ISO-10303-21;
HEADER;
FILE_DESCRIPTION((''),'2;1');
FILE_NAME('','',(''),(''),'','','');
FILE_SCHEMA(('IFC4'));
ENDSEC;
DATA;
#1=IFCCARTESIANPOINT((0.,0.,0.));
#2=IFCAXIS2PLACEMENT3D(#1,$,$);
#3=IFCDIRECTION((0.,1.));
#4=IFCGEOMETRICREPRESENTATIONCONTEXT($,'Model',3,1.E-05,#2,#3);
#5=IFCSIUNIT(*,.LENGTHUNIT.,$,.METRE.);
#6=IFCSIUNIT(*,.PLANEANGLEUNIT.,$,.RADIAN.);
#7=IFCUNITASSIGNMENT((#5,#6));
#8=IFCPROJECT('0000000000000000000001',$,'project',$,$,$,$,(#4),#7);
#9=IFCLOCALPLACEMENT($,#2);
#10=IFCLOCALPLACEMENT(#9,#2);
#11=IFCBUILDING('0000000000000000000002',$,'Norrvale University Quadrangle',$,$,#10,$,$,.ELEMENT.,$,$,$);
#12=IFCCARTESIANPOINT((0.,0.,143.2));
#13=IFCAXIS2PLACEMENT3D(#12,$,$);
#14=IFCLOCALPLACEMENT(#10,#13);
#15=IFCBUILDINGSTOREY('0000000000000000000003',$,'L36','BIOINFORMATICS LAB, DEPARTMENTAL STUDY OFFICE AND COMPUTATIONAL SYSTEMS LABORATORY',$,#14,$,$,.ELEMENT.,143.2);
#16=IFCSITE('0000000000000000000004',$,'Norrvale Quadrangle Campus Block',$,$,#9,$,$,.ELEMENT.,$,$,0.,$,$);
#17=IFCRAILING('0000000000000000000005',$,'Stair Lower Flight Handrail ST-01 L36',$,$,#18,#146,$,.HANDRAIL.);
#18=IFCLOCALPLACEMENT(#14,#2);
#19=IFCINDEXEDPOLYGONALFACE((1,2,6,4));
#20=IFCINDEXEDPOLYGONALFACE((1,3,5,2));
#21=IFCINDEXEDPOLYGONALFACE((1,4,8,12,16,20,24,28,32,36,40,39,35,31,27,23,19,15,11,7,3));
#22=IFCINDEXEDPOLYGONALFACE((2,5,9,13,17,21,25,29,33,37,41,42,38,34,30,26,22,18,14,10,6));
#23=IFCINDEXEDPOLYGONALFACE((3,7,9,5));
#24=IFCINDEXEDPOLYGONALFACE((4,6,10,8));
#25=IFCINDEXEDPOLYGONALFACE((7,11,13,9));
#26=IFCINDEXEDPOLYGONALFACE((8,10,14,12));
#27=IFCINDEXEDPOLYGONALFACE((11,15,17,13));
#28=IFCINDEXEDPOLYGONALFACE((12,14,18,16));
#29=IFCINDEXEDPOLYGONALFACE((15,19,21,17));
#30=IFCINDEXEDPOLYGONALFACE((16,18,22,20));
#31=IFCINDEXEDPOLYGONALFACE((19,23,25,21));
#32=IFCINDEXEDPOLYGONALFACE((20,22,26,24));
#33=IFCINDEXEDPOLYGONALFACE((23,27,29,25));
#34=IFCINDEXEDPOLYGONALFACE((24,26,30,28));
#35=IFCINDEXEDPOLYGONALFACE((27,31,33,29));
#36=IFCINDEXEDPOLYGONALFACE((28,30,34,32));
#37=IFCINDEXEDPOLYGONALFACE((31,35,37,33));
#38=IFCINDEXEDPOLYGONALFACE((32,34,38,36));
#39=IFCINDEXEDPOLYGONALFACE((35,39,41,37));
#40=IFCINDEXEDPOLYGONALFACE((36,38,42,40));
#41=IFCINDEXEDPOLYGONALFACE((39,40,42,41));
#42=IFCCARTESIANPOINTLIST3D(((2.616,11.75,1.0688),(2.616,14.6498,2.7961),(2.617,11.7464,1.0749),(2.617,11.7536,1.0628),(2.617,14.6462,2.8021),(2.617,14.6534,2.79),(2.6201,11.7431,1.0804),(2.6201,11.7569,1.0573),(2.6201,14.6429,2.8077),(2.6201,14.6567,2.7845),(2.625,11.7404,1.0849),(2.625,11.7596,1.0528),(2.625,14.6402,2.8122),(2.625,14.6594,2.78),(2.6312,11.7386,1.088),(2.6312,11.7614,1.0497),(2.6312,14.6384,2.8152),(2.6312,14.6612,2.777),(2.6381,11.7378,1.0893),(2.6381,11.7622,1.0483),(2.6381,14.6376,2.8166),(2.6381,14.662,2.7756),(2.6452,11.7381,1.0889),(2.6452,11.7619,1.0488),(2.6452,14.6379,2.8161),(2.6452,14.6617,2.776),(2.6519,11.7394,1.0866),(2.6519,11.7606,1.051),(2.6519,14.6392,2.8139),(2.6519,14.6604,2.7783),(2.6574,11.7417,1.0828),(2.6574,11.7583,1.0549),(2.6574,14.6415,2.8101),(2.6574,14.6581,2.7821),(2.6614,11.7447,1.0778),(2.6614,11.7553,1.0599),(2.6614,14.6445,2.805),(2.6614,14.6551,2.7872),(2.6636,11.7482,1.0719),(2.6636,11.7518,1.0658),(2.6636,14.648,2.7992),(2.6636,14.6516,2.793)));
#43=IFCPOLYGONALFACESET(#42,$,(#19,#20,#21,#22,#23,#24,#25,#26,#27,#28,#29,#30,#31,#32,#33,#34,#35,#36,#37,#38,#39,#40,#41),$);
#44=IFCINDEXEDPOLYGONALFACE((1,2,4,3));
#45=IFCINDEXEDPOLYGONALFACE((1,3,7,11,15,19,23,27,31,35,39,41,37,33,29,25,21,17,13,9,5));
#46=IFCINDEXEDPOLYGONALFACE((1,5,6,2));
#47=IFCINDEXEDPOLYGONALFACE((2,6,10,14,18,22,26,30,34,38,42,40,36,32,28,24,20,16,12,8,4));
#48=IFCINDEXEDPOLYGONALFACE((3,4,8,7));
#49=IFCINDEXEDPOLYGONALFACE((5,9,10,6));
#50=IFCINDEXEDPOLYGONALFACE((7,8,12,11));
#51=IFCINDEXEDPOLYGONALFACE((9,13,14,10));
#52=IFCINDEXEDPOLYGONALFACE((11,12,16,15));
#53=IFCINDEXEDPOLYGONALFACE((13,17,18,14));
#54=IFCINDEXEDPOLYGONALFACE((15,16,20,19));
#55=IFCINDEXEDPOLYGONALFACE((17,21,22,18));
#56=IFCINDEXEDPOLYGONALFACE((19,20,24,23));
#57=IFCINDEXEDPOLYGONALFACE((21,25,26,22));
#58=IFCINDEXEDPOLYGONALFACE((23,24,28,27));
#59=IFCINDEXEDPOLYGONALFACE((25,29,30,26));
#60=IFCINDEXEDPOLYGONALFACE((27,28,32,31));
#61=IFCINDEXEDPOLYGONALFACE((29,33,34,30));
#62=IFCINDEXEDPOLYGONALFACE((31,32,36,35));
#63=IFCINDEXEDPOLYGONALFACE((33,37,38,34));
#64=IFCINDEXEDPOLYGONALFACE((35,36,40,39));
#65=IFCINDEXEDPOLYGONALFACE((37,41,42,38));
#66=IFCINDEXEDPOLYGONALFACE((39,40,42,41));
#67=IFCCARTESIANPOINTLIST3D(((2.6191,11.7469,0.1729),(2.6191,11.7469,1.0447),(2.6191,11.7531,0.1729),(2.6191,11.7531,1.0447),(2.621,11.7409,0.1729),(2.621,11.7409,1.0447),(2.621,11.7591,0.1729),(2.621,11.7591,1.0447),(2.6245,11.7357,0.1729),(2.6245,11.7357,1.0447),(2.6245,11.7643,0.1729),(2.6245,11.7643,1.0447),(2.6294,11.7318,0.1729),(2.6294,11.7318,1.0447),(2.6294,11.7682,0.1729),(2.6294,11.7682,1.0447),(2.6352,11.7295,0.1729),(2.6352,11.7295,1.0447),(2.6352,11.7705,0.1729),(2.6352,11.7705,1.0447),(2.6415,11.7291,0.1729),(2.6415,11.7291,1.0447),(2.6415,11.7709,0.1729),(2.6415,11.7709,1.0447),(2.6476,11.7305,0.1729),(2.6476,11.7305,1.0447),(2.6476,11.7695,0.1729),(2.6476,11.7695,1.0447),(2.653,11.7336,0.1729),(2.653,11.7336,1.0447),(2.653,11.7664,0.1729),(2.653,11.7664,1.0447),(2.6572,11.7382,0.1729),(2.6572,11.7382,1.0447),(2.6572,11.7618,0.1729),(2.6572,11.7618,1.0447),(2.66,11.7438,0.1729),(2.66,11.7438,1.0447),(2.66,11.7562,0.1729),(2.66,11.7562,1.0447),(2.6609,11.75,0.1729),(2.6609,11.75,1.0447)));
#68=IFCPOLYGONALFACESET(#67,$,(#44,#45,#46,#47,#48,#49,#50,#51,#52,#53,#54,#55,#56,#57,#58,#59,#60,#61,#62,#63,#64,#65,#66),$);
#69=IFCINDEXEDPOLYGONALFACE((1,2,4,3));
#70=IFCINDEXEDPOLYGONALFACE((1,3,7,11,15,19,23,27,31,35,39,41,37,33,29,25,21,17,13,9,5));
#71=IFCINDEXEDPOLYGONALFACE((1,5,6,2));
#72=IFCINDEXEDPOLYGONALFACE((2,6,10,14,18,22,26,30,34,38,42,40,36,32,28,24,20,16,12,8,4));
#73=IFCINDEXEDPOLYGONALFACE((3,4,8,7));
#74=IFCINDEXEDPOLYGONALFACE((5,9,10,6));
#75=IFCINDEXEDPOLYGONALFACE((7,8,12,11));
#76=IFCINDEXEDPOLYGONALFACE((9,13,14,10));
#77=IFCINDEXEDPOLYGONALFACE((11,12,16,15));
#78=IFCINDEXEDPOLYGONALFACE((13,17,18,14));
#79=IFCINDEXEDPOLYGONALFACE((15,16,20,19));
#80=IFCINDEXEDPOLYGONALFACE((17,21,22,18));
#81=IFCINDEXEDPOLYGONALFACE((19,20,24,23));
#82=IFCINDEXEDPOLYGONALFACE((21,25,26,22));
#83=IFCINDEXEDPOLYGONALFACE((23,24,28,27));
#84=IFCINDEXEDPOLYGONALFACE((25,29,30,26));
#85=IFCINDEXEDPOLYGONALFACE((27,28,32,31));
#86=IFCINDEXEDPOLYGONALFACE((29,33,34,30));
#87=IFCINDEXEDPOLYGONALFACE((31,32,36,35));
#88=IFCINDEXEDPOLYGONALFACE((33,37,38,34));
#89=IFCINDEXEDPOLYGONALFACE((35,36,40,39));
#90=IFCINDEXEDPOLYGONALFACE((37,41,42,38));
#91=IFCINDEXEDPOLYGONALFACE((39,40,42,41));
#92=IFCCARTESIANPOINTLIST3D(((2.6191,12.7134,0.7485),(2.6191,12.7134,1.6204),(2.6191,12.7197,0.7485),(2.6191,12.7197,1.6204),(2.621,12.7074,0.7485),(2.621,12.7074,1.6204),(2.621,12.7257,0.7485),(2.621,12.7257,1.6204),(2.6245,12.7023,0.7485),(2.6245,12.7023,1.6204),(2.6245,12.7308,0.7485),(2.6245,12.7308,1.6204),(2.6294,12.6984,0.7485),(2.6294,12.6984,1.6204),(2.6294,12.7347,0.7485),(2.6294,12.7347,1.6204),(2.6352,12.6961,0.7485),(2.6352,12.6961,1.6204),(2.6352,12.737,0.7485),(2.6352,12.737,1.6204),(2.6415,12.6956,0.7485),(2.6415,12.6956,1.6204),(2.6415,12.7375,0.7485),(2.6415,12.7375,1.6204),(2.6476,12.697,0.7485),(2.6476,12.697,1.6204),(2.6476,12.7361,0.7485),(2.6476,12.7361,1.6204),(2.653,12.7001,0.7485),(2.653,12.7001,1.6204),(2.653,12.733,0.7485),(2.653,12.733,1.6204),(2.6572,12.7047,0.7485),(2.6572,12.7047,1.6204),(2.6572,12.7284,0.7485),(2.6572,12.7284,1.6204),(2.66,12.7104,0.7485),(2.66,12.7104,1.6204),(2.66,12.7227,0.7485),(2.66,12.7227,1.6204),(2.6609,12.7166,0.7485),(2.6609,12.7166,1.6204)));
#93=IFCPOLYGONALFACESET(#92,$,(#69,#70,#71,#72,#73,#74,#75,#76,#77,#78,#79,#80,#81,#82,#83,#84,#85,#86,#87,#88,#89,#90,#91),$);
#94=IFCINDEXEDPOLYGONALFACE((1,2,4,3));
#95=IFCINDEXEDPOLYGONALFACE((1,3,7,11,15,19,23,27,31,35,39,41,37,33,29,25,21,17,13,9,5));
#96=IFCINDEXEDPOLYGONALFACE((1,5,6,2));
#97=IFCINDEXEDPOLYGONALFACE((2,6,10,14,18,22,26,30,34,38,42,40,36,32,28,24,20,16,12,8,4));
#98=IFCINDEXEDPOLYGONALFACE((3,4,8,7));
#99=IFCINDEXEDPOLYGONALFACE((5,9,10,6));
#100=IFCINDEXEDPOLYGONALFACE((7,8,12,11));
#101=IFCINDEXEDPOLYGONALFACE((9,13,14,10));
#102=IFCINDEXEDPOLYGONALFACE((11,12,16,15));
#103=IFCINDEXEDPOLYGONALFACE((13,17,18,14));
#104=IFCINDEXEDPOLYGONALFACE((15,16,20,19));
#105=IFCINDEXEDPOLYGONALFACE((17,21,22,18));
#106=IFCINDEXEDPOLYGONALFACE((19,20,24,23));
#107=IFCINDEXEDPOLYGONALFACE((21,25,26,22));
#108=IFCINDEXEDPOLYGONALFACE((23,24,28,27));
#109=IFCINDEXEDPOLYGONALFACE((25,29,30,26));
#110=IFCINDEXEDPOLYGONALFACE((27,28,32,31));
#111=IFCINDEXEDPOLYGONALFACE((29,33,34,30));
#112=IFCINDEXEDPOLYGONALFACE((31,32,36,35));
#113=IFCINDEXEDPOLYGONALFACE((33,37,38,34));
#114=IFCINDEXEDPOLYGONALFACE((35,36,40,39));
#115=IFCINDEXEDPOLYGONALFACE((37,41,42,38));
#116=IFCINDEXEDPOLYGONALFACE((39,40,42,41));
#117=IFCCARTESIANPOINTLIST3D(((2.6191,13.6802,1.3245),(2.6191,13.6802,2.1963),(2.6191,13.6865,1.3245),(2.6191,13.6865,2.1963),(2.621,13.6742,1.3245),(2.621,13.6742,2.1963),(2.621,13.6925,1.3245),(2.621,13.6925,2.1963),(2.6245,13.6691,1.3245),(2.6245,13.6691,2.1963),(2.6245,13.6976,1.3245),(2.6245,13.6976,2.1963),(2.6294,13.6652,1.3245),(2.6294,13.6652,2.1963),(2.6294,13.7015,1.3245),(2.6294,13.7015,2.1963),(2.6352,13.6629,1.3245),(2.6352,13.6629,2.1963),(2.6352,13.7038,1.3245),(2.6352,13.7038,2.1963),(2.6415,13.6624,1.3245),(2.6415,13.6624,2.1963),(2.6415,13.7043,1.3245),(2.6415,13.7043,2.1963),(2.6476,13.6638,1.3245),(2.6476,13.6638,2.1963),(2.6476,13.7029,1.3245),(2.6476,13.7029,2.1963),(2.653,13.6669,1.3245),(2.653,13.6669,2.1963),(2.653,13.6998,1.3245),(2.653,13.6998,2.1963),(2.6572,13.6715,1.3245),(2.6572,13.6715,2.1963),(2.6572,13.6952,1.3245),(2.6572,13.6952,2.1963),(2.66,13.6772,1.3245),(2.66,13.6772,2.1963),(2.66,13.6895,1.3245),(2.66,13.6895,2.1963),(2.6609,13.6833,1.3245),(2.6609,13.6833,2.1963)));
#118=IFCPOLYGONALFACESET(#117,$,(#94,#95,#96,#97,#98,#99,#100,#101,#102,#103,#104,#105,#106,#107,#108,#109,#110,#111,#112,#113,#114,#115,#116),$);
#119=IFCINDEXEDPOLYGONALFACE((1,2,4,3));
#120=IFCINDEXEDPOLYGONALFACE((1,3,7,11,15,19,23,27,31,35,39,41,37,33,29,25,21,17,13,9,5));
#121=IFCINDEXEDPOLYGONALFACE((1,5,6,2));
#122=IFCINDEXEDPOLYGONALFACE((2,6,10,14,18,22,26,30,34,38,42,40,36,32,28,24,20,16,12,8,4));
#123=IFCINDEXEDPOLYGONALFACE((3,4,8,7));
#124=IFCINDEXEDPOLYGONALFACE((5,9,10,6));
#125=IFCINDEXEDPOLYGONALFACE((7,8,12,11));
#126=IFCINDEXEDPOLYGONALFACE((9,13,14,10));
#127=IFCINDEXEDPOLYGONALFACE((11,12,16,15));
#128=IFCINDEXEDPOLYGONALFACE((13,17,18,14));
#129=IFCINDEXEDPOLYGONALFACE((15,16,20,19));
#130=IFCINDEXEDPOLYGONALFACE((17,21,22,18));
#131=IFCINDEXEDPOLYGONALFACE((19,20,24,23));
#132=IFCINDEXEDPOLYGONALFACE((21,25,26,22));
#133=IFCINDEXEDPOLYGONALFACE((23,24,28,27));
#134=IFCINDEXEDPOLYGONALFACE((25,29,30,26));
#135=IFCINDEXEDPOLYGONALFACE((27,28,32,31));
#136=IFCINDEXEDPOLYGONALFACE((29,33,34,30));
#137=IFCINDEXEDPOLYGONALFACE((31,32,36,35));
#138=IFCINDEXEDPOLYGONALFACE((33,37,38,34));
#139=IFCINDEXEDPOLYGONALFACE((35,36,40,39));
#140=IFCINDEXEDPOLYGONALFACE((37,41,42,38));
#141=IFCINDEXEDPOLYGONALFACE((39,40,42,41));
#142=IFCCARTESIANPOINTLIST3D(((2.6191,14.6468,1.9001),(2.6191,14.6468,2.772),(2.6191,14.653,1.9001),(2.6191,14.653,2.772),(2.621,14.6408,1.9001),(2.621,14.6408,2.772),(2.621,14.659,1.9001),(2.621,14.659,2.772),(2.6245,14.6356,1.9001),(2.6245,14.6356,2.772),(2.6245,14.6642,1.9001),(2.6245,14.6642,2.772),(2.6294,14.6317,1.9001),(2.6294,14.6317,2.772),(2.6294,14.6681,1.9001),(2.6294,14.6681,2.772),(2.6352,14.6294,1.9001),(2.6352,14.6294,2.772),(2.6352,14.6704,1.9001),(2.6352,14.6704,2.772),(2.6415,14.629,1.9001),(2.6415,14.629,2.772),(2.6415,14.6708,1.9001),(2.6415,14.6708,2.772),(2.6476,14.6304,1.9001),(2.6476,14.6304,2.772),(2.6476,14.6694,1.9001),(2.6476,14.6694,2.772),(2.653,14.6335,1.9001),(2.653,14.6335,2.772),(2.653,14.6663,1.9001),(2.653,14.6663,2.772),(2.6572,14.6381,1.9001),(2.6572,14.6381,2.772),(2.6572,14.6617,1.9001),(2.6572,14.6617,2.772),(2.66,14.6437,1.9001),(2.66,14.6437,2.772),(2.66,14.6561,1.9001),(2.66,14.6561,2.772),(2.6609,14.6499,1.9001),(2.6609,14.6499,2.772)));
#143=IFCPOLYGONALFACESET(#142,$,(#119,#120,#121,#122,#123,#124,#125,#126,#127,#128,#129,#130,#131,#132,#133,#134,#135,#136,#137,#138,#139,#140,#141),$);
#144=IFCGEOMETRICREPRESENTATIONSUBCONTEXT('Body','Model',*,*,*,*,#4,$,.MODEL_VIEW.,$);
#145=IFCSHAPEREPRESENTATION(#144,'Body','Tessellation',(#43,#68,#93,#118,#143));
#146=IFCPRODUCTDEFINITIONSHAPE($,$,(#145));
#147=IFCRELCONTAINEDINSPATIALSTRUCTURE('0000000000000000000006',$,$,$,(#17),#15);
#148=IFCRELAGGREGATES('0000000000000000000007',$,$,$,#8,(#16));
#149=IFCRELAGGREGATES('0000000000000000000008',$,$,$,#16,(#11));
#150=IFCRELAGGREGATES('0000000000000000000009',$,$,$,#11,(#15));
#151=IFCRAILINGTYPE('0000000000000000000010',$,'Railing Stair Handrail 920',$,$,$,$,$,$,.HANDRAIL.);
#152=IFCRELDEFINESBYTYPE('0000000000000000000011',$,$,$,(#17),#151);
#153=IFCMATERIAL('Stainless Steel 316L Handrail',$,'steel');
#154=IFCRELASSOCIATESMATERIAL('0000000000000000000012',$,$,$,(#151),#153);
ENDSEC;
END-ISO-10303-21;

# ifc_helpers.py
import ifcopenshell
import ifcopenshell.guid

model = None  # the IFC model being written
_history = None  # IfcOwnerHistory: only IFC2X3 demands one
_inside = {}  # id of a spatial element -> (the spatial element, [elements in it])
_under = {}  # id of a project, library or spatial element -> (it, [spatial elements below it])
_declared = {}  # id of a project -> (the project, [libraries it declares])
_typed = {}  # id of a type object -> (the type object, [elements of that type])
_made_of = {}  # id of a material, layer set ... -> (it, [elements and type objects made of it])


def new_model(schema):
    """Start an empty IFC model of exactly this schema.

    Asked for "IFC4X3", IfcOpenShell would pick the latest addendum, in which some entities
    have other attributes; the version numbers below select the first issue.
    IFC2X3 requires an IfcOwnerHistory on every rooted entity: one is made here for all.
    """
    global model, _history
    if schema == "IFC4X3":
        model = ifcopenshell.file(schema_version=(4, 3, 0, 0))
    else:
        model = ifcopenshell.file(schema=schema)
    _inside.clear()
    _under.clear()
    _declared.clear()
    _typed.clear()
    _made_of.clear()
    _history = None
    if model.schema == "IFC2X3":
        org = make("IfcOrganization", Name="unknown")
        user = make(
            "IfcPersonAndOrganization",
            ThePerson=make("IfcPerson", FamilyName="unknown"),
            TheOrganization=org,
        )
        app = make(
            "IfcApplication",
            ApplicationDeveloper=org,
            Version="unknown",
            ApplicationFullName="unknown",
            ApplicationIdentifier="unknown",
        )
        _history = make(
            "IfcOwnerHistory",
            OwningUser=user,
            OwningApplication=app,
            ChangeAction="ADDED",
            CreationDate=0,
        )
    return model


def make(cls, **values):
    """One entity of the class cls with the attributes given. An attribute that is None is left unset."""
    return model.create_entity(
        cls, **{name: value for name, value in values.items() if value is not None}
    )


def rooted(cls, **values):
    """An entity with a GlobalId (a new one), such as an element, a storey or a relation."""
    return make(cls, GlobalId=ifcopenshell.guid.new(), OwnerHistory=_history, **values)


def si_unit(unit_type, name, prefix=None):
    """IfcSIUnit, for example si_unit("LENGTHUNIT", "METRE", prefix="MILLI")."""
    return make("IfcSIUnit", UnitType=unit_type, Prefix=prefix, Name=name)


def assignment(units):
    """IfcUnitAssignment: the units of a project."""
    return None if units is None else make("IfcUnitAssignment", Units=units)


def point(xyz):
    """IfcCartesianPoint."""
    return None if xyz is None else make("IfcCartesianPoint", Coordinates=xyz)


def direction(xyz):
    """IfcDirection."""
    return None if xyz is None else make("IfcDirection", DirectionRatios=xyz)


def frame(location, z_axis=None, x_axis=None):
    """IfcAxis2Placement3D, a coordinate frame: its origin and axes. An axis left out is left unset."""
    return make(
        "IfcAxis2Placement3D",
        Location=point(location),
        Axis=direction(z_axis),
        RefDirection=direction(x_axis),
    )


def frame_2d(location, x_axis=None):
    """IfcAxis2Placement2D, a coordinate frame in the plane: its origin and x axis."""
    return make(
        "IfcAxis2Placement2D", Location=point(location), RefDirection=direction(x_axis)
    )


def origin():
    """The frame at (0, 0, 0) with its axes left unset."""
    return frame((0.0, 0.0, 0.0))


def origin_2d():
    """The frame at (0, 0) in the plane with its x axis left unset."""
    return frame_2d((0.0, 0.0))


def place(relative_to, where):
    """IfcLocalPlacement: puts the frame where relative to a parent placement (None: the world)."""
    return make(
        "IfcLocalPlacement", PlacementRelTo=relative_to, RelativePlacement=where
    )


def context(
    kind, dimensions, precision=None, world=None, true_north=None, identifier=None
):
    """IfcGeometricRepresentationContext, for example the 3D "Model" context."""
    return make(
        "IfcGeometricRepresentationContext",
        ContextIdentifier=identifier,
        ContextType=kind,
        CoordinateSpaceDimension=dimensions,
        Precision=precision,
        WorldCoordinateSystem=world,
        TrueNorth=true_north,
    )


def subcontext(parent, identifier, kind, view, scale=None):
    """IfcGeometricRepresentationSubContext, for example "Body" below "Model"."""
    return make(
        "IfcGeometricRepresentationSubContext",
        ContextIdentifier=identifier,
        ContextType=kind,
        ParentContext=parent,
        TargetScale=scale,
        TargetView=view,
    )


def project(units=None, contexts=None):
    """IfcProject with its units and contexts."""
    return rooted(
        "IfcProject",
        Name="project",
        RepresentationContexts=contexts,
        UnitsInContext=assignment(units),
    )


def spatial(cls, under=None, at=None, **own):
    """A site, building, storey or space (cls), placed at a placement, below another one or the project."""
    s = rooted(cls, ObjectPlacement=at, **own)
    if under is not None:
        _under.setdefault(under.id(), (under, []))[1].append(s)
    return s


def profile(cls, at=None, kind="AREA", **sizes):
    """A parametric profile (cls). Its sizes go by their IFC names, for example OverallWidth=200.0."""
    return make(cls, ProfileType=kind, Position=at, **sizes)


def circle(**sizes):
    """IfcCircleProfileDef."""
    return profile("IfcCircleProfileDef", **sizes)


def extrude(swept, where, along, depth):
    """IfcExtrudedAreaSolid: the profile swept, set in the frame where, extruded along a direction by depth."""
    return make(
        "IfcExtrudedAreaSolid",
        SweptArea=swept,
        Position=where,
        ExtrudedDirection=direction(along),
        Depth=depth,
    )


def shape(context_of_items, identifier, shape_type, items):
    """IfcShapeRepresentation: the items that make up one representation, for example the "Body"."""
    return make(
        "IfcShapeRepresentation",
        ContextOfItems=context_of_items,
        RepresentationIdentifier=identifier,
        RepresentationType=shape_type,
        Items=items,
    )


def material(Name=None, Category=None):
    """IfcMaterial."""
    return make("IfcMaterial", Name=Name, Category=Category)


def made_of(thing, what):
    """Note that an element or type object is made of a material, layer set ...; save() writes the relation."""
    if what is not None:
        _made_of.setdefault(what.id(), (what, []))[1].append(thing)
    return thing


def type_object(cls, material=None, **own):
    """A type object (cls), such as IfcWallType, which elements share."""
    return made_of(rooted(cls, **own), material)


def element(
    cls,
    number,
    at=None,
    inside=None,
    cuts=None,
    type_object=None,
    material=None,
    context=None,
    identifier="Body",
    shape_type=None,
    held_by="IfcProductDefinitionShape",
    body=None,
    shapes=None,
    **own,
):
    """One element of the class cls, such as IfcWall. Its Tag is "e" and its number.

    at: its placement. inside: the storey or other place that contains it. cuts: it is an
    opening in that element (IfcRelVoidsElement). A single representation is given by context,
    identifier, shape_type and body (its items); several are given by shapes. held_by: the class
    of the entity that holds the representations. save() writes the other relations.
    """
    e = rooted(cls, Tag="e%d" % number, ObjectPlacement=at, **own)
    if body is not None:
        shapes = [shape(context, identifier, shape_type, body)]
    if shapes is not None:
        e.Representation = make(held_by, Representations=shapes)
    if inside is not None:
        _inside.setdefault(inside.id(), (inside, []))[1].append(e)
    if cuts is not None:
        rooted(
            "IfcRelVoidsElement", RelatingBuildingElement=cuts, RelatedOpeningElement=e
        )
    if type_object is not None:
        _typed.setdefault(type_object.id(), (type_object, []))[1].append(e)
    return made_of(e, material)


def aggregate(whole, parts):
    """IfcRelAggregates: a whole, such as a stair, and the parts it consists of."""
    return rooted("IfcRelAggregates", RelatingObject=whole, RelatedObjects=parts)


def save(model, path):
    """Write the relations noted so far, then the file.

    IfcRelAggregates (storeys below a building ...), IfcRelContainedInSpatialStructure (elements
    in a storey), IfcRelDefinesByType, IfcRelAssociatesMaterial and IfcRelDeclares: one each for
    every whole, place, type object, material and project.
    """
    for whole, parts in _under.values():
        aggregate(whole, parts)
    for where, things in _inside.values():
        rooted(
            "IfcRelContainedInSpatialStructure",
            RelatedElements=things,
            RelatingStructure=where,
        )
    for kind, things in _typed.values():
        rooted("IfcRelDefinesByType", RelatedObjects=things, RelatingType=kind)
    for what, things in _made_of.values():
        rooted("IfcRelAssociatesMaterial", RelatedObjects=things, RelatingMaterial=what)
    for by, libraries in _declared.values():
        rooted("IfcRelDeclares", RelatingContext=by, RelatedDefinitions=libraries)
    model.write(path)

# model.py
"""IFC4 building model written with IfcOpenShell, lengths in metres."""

from ifc_helpers import new_model, si_unit, direction, frame, origin, origin_2d, place, context, subcontext, project, spatial, circle, extrude, material, type_object, element, save


model = new_model("IFC4")

# Units and contexts
model_context = context("Model", 3, precision=1e-05, world=origin(), true_north=direction((0.0, 1.0)))
body_context = subcontext(model_context, "Body", "Model", "MODEL_VIEW")
ifc_project = project(units=[si_unit("LENGTHUNIT", "METRE"), si_unit("PLANEANGLEUNIT", "RADIAN")], contexts=[model_context])

# Site, building, storey
site_placement = place(None, origin())
site = spatial("IfcSite", under=ifc_project, at=site_placement, Name="Norrvale Quadrangle Campus Block", CompositionType="ELEMENT", RefElevation=0.0)
building_placement = place(site_placement, origin())
building = spatial("IfcBuilding", under=site, at=building_placement, Name="Norrvale University Quadrangle", CompositionType="ELEMENT")
storey_placement = place(building_placement, frame((0.0, 0.0, 143.2)))
storey = spatial("IfcBuildingStorey", under=building, at=storey_placement, Name="L36", Description="BIOINFORMATICS LAB, DEPARTMENTAL STUDY OFFICE AND COMPUTATIONAL SYSTEMS LABORATORY", CompositionType="ELEMENT", Elevation=143.2)

# Railing
ifc_material_1 = material(Name="Stainless Steel 316L Handrail", Category="steel")
railing_type_1 = type_object("IfcRailingType", Name="Railing Stair Handrail 920", PredefinedType="HANDRAIL", material=ifc_material_1)
railing_1_placement = place(storey_placement, frame((2.6399, 11.75, 0.1729)))
element("IfcRailing", 1, at=railing_1_placement, inside=storey, type_object=railing_type_1, Name="Stair Lower Flight Handrail ST-01 L36", PredefinedType="HANDRAIL", context=body_context, shape_type="SweptSolid", body=[
    extrude(circle(Radius=0.0239, at=origin_2d()), frame((0.0, 0.0, 0.896), z_axis=(0.0, 0.859141, 0.511738), x_axis=(-1.0, 0.0, 0.0)), (0.0, 0.0, 1.0), 3.3752),
    extrude(circle(Radius=0.021, at=origin_2d()), origin(), (0.0, 0.0, 1.0), 0.8718),
    extrude(circle(Radius=0.021, at=origin_2d()), frame((0.0, 0.9666, 0.5757)), (0.0, 0.0, 1.0), 0.8718),
    extrude(circle(Radius=0.021, at=origin_2d()), frame((0.0, 1.9333, 1.1516)), (0.0, 0.0, 1.0), 0.8718),
    extrude(circle(Radius=0.021, at=origin_2d()), frame((0.0, 2.8999, 1.7273)), (0.0, 0.0, 1.0), 0.8718),
])

save(model, "model.ifc")
